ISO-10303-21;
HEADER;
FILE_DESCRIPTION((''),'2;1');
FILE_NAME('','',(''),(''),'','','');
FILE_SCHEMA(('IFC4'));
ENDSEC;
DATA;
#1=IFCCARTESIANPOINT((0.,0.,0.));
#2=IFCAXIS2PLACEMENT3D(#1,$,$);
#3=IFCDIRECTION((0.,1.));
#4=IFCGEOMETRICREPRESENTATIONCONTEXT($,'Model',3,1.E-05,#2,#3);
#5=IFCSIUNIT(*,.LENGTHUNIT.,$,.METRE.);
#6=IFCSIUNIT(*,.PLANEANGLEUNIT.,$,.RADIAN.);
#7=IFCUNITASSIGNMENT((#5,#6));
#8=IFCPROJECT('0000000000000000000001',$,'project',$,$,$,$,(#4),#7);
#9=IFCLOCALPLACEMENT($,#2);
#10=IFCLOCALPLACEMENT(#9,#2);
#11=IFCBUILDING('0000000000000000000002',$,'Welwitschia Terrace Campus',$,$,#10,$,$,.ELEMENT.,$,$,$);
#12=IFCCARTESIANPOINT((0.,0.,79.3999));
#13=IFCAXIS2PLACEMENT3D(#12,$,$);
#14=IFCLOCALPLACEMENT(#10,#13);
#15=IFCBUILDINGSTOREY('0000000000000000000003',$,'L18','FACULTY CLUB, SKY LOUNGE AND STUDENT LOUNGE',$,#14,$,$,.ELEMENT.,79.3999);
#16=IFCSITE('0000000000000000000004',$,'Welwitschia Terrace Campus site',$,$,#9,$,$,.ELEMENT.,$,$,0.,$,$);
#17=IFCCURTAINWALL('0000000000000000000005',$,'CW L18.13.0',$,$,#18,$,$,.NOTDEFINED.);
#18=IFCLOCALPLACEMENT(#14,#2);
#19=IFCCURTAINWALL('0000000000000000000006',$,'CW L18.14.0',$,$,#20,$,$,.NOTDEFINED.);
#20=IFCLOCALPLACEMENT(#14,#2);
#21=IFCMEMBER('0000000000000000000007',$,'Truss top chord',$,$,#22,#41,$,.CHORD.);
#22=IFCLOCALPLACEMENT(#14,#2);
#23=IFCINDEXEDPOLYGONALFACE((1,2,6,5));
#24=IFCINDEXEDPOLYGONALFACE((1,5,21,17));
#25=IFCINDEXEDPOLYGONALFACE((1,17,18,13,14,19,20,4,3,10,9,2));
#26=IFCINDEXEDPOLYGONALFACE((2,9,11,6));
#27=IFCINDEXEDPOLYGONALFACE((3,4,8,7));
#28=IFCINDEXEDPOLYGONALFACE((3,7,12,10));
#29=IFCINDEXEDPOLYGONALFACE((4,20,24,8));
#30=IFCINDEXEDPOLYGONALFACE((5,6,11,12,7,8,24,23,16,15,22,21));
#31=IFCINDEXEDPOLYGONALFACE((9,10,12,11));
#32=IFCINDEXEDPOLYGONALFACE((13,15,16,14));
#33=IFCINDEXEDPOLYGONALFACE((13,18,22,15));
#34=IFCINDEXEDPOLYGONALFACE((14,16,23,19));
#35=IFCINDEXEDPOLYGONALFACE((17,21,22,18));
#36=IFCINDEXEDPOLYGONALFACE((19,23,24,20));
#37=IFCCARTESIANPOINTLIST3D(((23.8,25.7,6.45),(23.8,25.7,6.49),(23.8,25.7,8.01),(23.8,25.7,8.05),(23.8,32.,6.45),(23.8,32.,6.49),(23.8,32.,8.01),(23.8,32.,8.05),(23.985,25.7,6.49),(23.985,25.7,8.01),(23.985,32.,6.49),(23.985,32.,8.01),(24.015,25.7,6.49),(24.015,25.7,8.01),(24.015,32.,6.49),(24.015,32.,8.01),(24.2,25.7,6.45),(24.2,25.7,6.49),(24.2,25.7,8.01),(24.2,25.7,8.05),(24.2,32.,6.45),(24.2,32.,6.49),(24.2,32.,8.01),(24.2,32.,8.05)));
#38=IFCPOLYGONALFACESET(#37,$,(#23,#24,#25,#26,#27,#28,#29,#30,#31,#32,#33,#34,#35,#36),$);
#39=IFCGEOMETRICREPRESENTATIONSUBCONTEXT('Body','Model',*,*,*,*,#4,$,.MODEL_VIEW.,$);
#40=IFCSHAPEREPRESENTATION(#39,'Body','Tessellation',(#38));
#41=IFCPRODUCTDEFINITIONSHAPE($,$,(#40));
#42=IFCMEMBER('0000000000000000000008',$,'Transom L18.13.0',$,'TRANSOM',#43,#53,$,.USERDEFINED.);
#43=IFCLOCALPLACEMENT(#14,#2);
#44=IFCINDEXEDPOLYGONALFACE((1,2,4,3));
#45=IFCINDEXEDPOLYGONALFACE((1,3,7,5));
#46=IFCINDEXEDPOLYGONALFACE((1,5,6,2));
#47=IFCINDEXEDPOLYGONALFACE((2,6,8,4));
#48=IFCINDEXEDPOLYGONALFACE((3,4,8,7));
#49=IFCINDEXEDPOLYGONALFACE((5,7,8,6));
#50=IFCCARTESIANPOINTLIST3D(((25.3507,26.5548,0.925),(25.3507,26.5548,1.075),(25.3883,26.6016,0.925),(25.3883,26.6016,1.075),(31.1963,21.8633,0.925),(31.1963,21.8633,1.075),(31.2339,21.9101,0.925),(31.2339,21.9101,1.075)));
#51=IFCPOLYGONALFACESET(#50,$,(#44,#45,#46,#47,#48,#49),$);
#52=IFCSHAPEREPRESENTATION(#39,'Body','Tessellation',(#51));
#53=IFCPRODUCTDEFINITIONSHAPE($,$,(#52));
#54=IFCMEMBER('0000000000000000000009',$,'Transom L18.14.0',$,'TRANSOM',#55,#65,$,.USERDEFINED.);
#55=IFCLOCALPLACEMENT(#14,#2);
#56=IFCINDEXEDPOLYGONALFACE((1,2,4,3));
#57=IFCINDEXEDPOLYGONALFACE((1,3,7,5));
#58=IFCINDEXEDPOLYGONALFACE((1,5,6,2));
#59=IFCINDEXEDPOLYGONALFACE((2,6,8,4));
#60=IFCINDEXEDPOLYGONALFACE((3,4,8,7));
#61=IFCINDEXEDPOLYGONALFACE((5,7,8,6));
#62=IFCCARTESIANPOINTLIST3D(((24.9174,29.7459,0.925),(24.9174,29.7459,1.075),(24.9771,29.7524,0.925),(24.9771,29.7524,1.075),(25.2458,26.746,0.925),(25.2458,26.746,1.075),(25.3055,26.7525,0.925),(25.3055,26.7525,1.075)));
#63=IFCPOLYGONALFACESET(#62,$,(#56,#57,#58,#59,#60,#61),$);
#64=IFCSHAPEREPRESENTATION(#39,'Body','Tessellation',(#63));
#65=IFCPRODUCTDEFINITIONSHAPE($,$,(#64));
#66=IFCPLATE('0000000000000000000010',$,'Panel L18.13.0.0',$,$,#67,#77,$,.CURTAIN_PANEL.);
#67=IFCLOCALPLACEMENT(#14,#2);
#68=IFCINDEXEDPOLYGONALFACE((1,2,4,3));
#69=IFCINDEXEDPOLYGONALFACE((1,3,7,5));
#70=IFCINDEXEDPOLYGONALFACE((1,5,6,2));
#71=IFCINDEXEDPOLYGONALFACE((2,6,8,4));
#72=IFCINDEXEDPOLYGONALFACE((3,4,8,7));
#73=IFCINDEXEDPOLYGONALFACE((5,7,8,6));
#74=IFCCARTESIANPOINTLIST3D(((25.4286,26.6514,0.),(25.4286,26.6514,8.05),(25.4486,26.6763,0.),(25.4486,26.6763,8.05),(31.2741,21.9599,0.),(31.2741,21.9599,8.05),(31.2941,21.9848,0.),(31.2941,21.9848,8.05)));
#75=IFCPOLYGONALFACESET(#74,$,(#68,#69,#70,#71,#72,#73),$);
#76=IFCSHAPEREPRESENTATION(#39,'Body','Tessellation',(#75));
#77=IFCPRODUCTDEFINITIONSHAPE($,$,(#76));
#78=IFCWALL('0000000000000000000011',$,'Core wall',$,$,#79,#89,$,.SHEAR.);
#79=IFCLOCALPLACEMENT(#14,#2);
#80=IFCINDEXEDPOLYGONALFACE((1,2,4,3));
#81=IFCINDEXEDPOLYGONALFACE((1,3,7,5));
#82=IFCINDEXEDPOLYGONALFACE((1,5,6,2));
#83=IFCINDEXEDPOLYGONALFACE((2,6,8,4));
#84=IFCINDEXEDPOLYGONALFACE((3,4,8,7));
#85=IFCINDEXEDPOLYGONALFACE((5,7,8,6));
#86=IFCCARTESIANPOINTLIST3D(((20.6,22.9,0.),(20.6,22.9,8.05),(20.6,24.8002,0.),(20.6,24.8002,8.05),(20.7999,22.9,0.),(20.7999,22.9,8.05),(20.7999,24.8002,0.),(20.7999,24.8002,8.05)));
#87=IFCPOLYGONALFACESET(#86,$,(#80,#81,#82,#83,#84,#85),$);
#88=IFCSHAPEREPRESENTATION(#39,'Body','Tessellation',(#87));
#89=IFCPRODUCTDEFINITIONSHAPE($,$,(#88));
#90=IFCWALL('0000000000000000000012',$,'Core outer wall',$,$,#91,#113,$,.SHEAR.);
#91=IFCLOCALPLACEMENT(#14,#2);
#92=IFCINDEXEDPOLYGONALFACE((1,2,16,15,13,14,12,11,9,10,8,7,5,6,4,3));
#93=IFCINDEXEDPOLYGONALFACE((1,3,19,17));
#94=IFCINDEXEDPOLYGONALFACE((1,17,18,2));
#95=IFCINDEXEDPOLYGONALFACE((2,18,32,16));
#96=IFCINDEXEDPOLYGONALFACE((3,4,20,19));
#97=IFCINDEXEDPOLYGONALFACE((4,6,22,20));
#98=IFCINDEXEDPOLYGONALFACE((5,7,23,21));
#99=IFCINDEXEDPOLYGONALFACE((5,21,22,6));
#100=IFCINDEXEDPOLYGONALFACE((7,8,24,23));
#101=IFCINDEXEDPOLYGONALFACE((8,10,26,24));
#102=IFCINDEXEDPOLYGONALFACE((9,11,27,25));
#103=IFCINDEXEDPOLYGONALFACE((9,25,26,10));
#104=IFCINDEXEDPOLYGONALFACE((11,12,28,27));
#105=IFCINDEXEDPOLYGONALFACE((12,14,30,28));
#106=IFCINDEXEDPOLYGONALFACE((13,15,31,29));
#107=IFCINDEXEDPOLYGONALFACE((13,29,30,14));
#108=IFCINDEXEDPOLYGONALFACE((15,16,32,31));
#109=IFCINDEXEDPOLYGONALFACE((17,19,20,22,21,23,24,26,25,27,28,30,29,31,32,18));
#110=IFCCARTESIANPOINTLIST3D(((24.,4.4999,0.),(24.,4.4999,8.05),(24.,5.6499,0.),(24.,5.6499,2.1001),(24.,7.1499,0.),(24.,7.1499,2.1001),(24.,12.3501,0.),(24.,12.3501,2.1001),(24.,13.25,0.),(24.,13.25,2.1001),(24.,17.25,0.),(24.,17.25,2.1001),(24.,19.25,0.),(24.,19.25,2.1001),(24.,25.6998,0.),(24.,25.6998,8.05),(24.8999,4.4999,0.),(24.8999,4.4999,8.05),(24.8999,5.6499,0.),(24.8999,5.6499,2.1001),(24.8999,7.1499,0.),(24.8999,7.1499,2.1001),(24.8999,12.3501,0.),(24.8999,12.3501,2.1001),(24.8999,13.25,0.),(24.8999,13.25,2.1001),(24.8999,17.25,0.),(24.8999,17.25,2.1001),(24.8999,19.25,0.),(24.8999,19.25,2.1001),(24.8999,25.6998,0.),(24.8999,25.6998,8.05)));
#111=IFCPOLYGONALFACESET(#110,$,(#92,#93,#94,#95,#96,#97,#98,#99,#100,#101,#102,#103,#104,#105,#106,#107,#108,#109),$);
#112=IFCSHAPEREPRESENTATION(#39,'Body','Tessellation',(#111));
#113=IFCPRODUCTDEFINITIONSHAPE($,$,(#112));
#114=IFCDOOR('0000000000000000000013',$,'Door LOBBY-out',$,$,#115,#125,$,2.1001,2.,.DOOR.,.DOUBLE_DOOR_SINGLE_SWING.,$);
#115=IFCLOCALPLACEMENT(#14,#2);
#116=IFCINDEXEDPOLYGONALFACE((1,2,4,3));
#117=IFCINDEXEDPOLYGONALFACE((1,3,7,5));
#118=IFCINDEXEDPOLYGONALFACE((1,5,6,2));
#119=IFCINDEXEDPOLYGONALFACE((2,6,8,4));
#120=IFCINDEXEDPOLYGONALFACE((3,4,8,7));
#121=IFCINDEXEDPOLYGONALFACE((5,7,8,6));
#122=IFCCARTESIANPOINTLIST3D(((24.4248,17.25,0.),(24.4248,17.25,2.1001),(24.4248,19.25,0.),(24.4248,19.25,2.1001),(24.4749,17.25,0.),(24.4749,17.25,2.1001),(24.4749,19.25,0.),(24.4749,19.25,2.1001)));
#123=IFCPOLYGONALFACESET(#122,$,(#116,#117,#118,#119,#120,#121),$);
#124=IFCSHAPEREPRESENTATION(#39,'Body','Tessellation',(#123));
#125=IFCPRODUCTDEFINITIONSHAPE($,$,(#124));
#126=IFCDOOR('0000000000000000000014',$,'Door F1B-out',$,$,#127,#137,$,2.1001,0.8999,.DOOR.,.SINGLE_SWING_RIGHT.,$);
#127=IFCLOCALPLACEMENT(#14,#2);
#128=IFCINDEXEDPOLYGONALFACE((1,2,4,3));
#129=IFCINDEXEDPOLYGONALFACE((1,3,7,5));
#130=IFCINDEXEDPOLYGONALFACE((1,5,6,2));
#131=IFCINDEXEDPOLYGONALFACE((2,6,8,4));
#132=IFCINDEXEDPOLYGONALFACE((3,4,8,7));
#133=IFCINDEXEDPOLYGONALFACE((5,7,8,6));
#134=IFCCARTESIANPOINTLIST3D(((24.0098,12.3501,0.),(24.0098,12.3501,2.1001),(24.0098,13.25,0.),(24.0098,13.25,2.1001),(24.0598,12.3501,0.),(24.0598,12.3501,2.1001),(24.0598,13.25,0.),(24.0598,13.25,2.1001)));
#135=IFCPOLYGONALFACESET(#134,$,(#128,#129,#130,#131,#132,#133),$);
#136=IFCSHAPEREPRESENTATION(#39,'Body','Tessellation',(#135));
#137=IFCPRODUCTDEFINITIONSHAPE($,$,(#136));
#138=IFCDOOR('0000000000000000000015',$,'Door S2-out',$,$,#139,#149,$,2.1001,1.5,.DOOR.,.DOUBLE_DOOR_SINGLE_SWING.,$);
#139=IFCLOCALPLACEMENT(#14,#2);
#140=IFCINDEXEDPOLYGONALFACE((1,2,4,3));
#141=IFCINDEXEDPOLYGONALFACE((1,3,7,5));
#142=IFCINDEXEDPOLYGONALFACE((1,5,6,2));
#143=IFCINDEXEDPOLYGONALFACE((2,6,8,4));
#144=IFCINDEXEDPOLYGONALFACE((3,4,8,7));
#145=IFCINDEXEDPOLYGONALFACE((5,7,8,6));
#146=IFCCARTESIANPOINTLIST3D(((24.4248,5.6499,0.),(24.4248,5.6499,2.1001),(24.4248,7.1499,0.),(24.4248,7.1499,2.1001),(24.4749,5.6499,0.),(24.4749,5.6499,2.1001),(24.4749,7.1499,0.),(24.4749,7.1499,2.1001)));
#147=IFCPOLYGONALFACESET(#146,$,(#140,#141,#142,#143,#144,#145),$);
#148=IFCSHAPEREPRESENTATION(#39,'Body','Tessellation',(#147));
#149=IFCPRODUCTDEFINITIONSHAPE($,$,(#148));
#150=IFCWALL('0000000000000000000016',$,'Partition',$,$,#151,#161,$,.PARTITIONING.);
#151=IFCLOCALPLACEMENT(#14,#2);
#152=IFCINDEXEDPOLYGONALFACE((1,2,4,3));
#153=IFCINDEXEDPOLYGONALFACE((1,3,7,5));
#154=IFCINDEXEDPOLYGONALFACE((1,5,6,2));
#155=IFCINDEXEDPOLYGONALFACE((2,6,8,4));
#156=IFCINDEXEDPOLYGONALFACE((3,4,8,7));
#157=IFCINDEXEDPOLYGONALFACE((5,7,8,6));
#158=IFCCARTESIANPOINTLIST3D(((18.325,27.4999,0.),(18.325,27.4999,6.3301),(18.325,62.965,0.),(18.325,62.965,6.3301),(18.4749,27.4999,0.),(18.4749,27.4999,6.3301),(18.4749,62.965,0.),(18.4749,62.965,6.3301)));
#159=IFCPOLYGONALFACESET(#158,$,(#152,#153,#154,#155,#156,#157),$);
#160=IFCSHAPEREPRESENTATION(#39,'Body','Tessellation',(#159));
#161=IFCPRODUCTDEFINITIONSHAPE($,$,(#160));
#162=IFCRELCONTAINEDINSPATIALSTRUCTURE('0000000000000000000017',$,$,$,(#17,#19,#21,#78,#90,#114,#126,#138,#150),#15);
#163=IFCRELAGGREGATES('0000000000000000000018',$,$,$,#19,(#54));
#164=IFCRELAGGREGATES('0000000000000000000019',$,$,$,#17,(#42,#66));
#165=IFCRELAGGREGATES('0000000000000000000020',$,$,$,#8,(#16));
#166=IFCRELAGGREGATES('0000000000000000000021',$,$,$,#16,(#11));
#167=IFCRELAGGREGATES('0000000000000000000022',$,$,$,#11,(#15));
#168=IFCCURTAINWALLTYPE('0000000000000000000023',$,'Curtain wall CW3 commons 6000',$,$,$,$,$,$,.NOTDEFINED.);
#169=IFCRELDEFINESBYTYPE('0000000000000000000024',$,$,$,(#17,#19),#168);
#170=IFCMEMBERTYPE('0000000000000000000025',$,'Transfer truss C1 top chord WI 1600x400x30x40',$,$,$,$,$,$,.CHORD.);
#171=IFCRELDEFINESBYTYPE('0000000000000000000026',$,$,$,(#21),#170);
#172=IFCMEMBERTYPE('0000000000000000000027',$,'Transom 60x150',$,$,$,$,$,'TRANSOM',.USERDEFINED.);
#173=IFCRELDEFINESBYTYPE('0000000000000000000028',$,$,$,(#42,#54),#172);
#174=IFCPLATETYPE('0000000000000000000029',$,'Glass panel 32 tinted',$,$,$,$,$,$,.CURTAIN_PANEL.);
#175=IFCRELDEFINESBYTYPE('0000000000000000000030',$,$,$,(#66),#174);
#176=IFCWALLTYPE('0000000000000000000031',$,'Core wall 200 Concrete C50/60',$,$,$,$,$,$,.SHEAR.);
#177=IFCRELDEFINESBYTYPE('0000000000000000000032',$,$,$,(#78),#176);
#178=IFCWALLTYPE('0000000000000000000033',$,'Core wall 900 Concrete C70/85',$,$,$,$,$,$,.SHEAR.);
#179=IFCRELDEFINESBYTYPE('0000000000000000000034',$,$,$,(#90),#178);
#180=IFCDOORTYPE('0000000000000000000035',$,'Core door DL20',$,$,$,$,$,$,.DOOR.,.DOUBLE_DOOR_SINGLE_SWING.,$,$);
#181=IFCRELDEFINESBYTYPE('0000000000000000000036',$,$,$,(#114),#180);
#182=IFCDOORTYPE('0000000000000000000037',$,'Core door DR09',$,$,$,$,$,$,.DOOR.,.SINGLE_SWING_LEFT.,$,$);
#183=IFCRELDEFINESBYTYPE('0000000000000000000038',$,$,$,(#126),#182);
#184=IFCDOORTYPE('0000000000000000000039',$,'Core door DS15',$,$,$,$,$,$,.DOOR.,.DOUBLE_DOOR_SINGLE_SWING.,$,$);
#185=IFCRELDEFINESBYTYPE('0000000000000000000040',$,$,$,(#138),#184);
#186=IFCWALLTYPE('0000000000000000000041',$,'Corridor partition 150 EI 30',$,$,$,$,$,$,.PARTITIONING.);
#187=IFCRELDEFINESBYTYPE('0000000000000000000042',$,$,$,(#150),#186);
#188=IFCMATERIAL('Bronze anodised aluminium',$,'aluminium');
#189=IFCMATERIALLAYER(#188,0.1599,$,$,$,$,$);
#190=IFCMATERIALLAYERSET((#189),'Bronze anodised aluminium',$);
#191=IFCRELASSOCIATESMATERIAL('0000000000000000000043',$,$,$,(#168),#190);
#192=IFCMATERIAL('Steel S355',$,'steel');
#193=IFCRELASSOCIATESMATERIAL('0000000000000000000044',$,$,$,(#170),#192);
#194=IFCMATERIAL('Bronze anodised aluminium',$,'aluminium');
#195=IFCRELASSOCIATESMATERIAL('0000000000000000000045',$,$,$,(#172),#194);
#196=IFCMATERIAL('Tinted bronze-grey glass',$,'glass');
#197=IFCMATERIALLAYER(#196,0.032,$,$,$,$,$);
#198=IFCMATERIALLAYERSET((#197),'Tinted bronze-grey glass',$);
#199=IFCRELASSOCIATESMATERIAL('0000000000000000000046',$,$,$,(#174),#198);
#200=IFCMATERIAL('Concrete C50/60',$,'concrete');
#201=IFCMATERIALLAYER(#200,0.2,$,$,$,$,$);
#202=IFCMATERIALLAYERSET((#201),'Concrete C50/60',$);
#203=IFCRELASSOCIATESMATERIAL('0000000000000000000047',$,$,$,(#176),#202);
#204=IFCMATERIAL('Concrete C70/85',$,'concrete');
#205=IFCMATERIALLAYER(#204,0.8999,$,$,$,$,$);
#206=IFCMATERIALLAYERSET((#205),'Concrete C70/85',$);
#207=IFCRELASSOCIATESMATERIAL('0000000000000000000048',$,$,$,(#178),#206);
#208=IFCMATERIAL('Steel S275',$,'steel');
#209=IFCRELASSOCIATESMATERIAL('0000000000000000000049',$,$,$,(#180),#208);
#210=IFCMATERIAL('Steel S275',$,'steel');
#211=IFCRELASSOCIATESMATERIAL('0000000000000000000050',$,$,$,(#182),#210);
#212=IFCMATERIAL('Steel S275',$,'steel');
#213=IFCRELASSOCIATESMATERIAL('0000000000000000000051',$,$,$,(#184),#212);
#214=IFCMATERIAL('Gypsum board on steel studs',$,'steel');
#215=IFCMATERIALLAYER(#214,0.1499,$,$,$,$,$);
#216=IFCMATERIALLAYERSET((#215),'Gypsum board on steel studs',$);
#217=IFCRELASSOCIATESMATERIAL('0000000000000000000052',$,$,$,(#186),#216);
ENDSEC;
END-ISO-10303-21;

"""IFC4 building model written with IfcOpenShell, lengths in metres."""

from ifc_helpers import new_model, si_unit, direction, frame, frame_2d, origin, origin_2d, place, context, subcontext, project, spatial, rectangle, i_section, extrude, material, layer, layer_set, material_profile, profile_set, type_object, element, fill, aggregate, save


model = new_model("IFC4")

# Units and contexts
model_context = context("Model", 3, precision=1e-05, world=origin(), true_north=direction((0.0, 1.0)))
body_context = subcontext(model_context, "Body", "Model", "MODEL_VIEW")
ifc_project = project(units=[si_unit("LENGTHUNIT", "METRE"), si_unit("PLANEANGLEUNIT", "RADIAN")], contexts=[model_context])

# Site, building, storey
site_placement = place(None, origin())
site = spatial("IfcSite", under=ifc_project, at=site_placement, Name="Welwitschia Terrace Campus site", CompositionType="ELEMENT", RefElevation=0.0)
building_placement = place(site_placement, origin())
building = spatial("IfcBuilding", under=site, at=building_placement, Name="Welwitschia Terrace Campus", CompositionType="ELEMENT")
storey_placement = place(building_placement, frame((0.0, 0.0, 79.3999)))
storey = spatial("IfcBuildingStorey", under=building, at=storey_placement, Name="L18", Description="FACULTY CLUB, SKY LOUNGE AND STUDENT LOUNGE", CompositionType="ELEMENT", Elevation=79.3999)

# Curtain wall
ifc_material_1 = material(Name="Bronze anodised aluminium", Category="aluminium")
ifc_layer_1 = layer(ifc_material_1, 0.1599)
ifc_layer_set_1 = layer_set([ifc_layer_1], Name="Bronze anodised aluminium")
curtain_wall_type = type_object("IfcCurtainWallType", Name="Curtain wall CW3 commons 6000", PredefinedType="NOTDEFINED", material=ifc_layer_set_1)
curtain_wall_1_placement = place(storey_placement, origin())
curtain_wall_1 = element("IfcCurtainWall", 1, at=curtain_wall_1_placement, inside=storey, type_object=curtain_wall_type, Name="CW L18.13.0", PredefinedType="NOTDEFINED")

# Curtain wall
curtain_wall_2_placement = place(storey_placement, origin())
curtain_wall_2 = element("IfcCurtainWall", 2, at=curtain_wall_2_placement, inside=storey, type_object=curtain_wall_type, Name="CW L18.14.0", PredefinedType="NOTDEFINED")

# Member
ifc_material_2 = material(Name="Steel S355", Category="steel")
ifc_material_profile_1 = material_profile(ifc_material_2, i_section(OverallWidth=0.3999, OverallDepth=1.6001, WebThickness=0.03, FlangeThickness=0.04, at=origin_2d()))
ifc_profile_set_1 = profile_set([ifc_material_profile_1], Name="Steel S355")
member_type_1 = type_object("IfcMemberType", Name="Transfer truss C1 top chord WI 1600x400x30x40", PredefinedType="CHORD", material=ifc_profile_set_1)
member_1_placement = place(storey_placement, frame((24.0, 25.7, 7.25), z_axis=(0.0, 1.0, 0.0), x_axis=(-1.0, 0.0, 0.0)))
element("IfcMember", 3, at=member_1_placement, inside=storey, type_object=member_type_1, Name="Truss top chord", PredefinedType="CHORD", context=body_context, shape_type="SweptSolid", body=[
    extrude(i_section(OverallWidth=0.3999, OverallDepth=1.6001, WebThickness=0.03, FlangeThickness=0.04, at=origin_2d()), origin(), (0.0, 0.0, 1.0), 6.3),
])

# Members
ifc_material_3 = material(Name="Bronze anodised aluminium", Category="aluminium")
ifc_material_profile_2 = material_profile(ifc_material_3, rectangle(XDim=0.0601, YDim=0.1499, at=origin_2d()))
ifc_profile_set_2 = profile_set([ifc_material_profile_2], Name="Bronze anodised aluminium")
member_type_2 = type_object("IfcMemberType", Name="Transom 60x150", ElementType="TRANSOM", PredefinedType="USERDEFINED", material=ifc_profile_set_2)
member_2_placement = place(storey_placement, frame((31.2151, 21.8867, 1.0), z_axis=(-0.779889, 0.625918, 0.0), x_axis=(-0.625918, -0.779889, 0.0)))
member_2 = element("IfcMember", 4, at=member_2_placement, type_object=member_type_2, Name="Transom L18.13.0", ObjectType="TRANSOM", PredefinedType="USERDEFINED", context=body_context, shape_type="SweptSolid", body=[
    extrude(rectangle(XDim=0.0601, YDim=0.1499, at=origin_2d()), origin(), (0.0, 0.0, 1.0), 7.4954),
])
member_3_placement = place(storey_placement, frame((25.2756, 26.7493, 1.0), z_axis=(-0.108807, 0.994063, 0.0), x_axis=(-0.994063, -0.108807, 0.0)))
member_3 = element("IfcMember", 5, at=member_3_placement, type_object=member_type_2, Name="Transom L18.14.0", ObjectType="TRANSOM", PredefinedType="USERDEFINED", context=body_context, shape_type="SweptSolid", body=[
    extrude(rectangle(XDim=0.0601, YDim=0.1499, at=origin_2d()), origin(), (0.0, 0.0, 1.0), 3.0178),
])
aggregate(curtain_wall_2, [member_3])

# Plate
ifc_material_4 = material(Name="Tinted bronze-grey glass", Category="glass")
ifc_layer_2 = layer(ifc_material_4, 0.032)
ifc_layer_set_2 = layer_set([ifc_layer_2], Name="Tinted bronze-grey glass")
plate_type = type_object("IfcPlateType", Name="Glass panel 32 tinted", PredefinedType="CURTAIN_PANEL", material=ifc_layer_set_2)
plate_placement = place(storey_placement, frame((28.3613, 24.3181, 0.0), z_axis=(0.0, 0.0, 1.0), x_axis=(-0.779884, 0.625923, 0.0)))
plate = element("IfcPlate", 6, at=plate_placement, type_object=plate_type, Name="Panel L18.13.0.0", PredefinedType="CURTAIN_PANEL", context=body_context, shape_type="SweptSolid", body=[
    extrude(rectangle(XDim=7.4954, YDim=0.032, at=origin_2d()), origin(), (0.0, 0.0, 1.0), 8.05),
])
aggregate(curtain_wall_1, [member_2, plate])

# Wall
ifc_material_5 = material(Name="Concrete C50/60", Category="concrete")
ifc_layer_3 = layer(ifc_material_5, 0.2)
ifc_layer_set_3 = layer_set([ifc_layer_3], Name="Concrete C50/60")
wall_type_1 = type_object("IfcWallType", Name="Core wall 200 Concrete C50/60", PredefinedType="SHEAR", material=ifc_layer_set_3)
wall_1_placement = place(storey_placement, frame((20.7, 22.8999, 0.0), z_axis=(0.0, 0.0, 1.0), x_axis=(0.0, 1.0, 0.0)))
element("IfcWall", 7, at=wall_1_placement, inside=storey, type_object=wall_type_1, Name="Core wall", PredefinedType="SHEAR", context=body_context, shape_type="SweptSolid", body=[
    extrude(rectangle(XDim=1.9001, YDim=0.2, at=frame_2d((0.9502, 0.0))), origin(), (0.0, 0.0, 1.0), 8.05),
])

# Wall, openings, doors
ifc_material_6 = material(Name="Concrete C70/85", Category="concrete")
ifc_layer_4 = layer(ifc_material_6, 0.8999)
ifc_layer_set_4 = layer_set([ifc_layer_4], Name="Concrete C70/85")
wall_type_2 = type_object("IfcWallType", Name="Core wall 900 Concrete C70/85", PredefinedType="SHEAR", material=ifc_layer_set_4)
wall_2_placement = place(storey_placement, frame((24.45, 25.7, 0.0), z_axis=(0.0, 0.0, 1.0), x_axis=(0.0, -1.0, 0.0)))
wall_2 = element("IfcWall", 8, at=wall_2_placement, inside=storey, type_object=wall_type_2, Name="Core outer wall", PredefinedType="SHEAR", context=body_context, shape_type="SweptSolid", body=[
    extrude(rectangle(XDim=21.2, YDim=0.8999, at=frame_2d((10.6001, 0.0))), origin(), (0.0, 0.0, 1.0), 8.05),
])
opening_1_placement = place(wall_2_placement, frame((18.55, 0.0, 0.0)))
opening_1 = element("IfcOpeningElement", 9, at=opening_1_placement, cuts=wall_2, PredefinedType="OPENING", context=body_context, shape_type="SweptSolid", body=[
    extrude(rectangle(XDim=1.5, YDim=2.1001, at=frame_2d((0.75, 1.05))), frame((0.0, 0.46, 0.0), z_axis=(0.0, -1.0, 0.0), x_axis=(1.0, 0.0, 0.0)), (0.0, 0.0, 1.0), 0.9199),
])
opening_2_placement = place(wall_2_placement, frame((12.45, 0.0, 0.0)))
opening_2 = element("IfcOpeningElement", 10, at=opening_2_placement, cuts=wall_2, PredefinedType="OPENING", context=body_context, shape_type="SweptSolid", body=[
    extrude(rectangle(XDim=0.8999, YDim=2.1001, at=frame_2d((0.45, 1.05))), frame((0.0, 0.46, 0.0), z_axis=(0.0, -1.0, 0.0), x_axis=(1.0, 0.0, 0.0)), (0.0, 0.0, 1.0), 0.9199),
])
opening_3_placement = place(wall_2_placement, frame((6.45, 0.0, 0.0)))
opening_3 = element("IfcOpeningElement", 11, at=opening_3_placement, cuts=wall_2, PredefinedType="OPENING", context=body_context, shape_type="SweptSolid", body=[
    extrude(rectangle(XDim=2.0, YDim=2.1001, at=frame_2d((1.0, 1.05))), frame((0.0, 0.46, 0.0), z_axis=(0.0, -1.0, 0.0), x_axis=(1.0, 0.0, 0.0)), (0.0, 0.0, 1.0), 0.9199),
])
ifc_material_7 = material(Name="Steel S275", Category="steel")
door_type_1 = type_object("IfcDoorType", Name="Core door DL20", OperationType="DOUBLE_DOOR_SINGLE_SWING", PredefinedType="DOOR", material=ifc_material_7)
door_1_placement = place(opening_3_placement, origin())
door_1 = element("IfcDoor", 12, at=door_1_placement, inside=storey, type_object=door_type_1, Name="Door LOBBY-out", OperationType="DOUBLE_DOOR_SINGLE_SWING", OverallHeight=2.1001, OverallWidth=2.0, PredefinedType="DOOR", context=body_context, shape_type="SweptSolid", body=[
    extrude(rectangle(XDim=2.0, YDim=2.1001, at=frame_2d((1.0, 1.05))), frame((0.0, 0.0249, 0.0), z_axis=(0.0, -1.0, 0.0), x_axis=(1.0, 0.0, 0.0)), (0.0, 0.0, 1.0), 0.05),
])
fill(opening_3, door_1)
ifc_material_8 = material(Name="Steel S275", Category="steel")
door_type_2 = type_object("IfcDoorType", Name="Core door DR09", OperationType="SINGLE_SWING_LEFT", PredefinedType="DOOR", material=ifc_material_8)
door_2_placement = place(opening_2_placement, origin())
door_2 = element("IfcDoor", 13, at=door_2_placement, inside=storey, type_object=door_type_2, Name="Door F1B-out", OperationType="SINGLE_SWING_RIGHT", OverallHeight=2.1001, OverallWidth=0.8999, PredefinedType="DOOR", context=body_context, shape_type="SweptSolid", body=[
    extrude(rectangle(XDim=0.8999, YDim=2.1001, at=frame_2d((0.45, 1.05))), frame((0.0, -0.3901, 0.0), z_axis=(0.0, -1.0, 0.0), x_axis=(1.0, 0.0, 0.0)), (0.0, 0.0, 1.0), 0.05),
])
fill(opening_2, door_2)
ifc_material_9 = material(Name="Steel S275", Category="steel")
door_type_3 = type_object("IfcDoorType", Name="Core door DS15", OperationType="DOUBLE_DOOR_SINGLE_SWING", PredefinedType="DOOR", material=ifc_material_9)
door_3_placement = place(opening_1_placement, origin())
door_3 = element("IfcDoor", 14, at=door_3_placement, inside=storey, type_object=door_type_3, Name="Door S2-out", OperationType="DOUBLE_DOOR_SINGLE_SWING", OverallHeight=2.1001, OverallWidth=1.5, PredefinedType="DOOR", context=body_context, shape_type="SweptSolid", body=[
    extrude(rectangle(XDim=1.5, YDim=2.1001, at=frame_2d((0.75, 1.05))), frame((0.0, 0.0249, 0.0), z_axis=(0.0, -1.0, 0.0), x_axis=(1.0, 0.0, 0.0)), (0.0, 0.0, 1.0), 0.05),
])
fill(opening_1, door_3)

# Wall
ifc_material_10 = material(Name="Gypsum board on steel studs", Category="steel")
ifc_layer_5 = layer(ifc_material_10, 0.1499)
ifc_layer_set_5 = layer_set([ifc_layer_5], Name="Gypsum board on steel studs")
wall_type_3 = type_object("IfcWallType", Name="Corridor partition 150 EI 30", PredefinedType="PARTITIONING", material=ifc_layer_set_5)
wall_3_placement = place(storey_placement, frame((18.3999, 27.5, 0.0), z_axis=(0.0, 0.0, 1.0), x_axis=(0.0, 1.0, 0.0)))
element("IfcWall", 15, at=wall_3_placement, inside=storey, type_object=wall_type_3, Name="Partition", PredefinedType="PARTITIONING", context=body_context, shape_type="SweptSolid", body=[
    extrude(rectangle(XDim=35.4651, YDim=0.1499, at=frame_2d((17.7324, 0.0))), origin(), (0.0, 0.0, 1.0), 6.3301),
])

save(model, "model.ifc")
